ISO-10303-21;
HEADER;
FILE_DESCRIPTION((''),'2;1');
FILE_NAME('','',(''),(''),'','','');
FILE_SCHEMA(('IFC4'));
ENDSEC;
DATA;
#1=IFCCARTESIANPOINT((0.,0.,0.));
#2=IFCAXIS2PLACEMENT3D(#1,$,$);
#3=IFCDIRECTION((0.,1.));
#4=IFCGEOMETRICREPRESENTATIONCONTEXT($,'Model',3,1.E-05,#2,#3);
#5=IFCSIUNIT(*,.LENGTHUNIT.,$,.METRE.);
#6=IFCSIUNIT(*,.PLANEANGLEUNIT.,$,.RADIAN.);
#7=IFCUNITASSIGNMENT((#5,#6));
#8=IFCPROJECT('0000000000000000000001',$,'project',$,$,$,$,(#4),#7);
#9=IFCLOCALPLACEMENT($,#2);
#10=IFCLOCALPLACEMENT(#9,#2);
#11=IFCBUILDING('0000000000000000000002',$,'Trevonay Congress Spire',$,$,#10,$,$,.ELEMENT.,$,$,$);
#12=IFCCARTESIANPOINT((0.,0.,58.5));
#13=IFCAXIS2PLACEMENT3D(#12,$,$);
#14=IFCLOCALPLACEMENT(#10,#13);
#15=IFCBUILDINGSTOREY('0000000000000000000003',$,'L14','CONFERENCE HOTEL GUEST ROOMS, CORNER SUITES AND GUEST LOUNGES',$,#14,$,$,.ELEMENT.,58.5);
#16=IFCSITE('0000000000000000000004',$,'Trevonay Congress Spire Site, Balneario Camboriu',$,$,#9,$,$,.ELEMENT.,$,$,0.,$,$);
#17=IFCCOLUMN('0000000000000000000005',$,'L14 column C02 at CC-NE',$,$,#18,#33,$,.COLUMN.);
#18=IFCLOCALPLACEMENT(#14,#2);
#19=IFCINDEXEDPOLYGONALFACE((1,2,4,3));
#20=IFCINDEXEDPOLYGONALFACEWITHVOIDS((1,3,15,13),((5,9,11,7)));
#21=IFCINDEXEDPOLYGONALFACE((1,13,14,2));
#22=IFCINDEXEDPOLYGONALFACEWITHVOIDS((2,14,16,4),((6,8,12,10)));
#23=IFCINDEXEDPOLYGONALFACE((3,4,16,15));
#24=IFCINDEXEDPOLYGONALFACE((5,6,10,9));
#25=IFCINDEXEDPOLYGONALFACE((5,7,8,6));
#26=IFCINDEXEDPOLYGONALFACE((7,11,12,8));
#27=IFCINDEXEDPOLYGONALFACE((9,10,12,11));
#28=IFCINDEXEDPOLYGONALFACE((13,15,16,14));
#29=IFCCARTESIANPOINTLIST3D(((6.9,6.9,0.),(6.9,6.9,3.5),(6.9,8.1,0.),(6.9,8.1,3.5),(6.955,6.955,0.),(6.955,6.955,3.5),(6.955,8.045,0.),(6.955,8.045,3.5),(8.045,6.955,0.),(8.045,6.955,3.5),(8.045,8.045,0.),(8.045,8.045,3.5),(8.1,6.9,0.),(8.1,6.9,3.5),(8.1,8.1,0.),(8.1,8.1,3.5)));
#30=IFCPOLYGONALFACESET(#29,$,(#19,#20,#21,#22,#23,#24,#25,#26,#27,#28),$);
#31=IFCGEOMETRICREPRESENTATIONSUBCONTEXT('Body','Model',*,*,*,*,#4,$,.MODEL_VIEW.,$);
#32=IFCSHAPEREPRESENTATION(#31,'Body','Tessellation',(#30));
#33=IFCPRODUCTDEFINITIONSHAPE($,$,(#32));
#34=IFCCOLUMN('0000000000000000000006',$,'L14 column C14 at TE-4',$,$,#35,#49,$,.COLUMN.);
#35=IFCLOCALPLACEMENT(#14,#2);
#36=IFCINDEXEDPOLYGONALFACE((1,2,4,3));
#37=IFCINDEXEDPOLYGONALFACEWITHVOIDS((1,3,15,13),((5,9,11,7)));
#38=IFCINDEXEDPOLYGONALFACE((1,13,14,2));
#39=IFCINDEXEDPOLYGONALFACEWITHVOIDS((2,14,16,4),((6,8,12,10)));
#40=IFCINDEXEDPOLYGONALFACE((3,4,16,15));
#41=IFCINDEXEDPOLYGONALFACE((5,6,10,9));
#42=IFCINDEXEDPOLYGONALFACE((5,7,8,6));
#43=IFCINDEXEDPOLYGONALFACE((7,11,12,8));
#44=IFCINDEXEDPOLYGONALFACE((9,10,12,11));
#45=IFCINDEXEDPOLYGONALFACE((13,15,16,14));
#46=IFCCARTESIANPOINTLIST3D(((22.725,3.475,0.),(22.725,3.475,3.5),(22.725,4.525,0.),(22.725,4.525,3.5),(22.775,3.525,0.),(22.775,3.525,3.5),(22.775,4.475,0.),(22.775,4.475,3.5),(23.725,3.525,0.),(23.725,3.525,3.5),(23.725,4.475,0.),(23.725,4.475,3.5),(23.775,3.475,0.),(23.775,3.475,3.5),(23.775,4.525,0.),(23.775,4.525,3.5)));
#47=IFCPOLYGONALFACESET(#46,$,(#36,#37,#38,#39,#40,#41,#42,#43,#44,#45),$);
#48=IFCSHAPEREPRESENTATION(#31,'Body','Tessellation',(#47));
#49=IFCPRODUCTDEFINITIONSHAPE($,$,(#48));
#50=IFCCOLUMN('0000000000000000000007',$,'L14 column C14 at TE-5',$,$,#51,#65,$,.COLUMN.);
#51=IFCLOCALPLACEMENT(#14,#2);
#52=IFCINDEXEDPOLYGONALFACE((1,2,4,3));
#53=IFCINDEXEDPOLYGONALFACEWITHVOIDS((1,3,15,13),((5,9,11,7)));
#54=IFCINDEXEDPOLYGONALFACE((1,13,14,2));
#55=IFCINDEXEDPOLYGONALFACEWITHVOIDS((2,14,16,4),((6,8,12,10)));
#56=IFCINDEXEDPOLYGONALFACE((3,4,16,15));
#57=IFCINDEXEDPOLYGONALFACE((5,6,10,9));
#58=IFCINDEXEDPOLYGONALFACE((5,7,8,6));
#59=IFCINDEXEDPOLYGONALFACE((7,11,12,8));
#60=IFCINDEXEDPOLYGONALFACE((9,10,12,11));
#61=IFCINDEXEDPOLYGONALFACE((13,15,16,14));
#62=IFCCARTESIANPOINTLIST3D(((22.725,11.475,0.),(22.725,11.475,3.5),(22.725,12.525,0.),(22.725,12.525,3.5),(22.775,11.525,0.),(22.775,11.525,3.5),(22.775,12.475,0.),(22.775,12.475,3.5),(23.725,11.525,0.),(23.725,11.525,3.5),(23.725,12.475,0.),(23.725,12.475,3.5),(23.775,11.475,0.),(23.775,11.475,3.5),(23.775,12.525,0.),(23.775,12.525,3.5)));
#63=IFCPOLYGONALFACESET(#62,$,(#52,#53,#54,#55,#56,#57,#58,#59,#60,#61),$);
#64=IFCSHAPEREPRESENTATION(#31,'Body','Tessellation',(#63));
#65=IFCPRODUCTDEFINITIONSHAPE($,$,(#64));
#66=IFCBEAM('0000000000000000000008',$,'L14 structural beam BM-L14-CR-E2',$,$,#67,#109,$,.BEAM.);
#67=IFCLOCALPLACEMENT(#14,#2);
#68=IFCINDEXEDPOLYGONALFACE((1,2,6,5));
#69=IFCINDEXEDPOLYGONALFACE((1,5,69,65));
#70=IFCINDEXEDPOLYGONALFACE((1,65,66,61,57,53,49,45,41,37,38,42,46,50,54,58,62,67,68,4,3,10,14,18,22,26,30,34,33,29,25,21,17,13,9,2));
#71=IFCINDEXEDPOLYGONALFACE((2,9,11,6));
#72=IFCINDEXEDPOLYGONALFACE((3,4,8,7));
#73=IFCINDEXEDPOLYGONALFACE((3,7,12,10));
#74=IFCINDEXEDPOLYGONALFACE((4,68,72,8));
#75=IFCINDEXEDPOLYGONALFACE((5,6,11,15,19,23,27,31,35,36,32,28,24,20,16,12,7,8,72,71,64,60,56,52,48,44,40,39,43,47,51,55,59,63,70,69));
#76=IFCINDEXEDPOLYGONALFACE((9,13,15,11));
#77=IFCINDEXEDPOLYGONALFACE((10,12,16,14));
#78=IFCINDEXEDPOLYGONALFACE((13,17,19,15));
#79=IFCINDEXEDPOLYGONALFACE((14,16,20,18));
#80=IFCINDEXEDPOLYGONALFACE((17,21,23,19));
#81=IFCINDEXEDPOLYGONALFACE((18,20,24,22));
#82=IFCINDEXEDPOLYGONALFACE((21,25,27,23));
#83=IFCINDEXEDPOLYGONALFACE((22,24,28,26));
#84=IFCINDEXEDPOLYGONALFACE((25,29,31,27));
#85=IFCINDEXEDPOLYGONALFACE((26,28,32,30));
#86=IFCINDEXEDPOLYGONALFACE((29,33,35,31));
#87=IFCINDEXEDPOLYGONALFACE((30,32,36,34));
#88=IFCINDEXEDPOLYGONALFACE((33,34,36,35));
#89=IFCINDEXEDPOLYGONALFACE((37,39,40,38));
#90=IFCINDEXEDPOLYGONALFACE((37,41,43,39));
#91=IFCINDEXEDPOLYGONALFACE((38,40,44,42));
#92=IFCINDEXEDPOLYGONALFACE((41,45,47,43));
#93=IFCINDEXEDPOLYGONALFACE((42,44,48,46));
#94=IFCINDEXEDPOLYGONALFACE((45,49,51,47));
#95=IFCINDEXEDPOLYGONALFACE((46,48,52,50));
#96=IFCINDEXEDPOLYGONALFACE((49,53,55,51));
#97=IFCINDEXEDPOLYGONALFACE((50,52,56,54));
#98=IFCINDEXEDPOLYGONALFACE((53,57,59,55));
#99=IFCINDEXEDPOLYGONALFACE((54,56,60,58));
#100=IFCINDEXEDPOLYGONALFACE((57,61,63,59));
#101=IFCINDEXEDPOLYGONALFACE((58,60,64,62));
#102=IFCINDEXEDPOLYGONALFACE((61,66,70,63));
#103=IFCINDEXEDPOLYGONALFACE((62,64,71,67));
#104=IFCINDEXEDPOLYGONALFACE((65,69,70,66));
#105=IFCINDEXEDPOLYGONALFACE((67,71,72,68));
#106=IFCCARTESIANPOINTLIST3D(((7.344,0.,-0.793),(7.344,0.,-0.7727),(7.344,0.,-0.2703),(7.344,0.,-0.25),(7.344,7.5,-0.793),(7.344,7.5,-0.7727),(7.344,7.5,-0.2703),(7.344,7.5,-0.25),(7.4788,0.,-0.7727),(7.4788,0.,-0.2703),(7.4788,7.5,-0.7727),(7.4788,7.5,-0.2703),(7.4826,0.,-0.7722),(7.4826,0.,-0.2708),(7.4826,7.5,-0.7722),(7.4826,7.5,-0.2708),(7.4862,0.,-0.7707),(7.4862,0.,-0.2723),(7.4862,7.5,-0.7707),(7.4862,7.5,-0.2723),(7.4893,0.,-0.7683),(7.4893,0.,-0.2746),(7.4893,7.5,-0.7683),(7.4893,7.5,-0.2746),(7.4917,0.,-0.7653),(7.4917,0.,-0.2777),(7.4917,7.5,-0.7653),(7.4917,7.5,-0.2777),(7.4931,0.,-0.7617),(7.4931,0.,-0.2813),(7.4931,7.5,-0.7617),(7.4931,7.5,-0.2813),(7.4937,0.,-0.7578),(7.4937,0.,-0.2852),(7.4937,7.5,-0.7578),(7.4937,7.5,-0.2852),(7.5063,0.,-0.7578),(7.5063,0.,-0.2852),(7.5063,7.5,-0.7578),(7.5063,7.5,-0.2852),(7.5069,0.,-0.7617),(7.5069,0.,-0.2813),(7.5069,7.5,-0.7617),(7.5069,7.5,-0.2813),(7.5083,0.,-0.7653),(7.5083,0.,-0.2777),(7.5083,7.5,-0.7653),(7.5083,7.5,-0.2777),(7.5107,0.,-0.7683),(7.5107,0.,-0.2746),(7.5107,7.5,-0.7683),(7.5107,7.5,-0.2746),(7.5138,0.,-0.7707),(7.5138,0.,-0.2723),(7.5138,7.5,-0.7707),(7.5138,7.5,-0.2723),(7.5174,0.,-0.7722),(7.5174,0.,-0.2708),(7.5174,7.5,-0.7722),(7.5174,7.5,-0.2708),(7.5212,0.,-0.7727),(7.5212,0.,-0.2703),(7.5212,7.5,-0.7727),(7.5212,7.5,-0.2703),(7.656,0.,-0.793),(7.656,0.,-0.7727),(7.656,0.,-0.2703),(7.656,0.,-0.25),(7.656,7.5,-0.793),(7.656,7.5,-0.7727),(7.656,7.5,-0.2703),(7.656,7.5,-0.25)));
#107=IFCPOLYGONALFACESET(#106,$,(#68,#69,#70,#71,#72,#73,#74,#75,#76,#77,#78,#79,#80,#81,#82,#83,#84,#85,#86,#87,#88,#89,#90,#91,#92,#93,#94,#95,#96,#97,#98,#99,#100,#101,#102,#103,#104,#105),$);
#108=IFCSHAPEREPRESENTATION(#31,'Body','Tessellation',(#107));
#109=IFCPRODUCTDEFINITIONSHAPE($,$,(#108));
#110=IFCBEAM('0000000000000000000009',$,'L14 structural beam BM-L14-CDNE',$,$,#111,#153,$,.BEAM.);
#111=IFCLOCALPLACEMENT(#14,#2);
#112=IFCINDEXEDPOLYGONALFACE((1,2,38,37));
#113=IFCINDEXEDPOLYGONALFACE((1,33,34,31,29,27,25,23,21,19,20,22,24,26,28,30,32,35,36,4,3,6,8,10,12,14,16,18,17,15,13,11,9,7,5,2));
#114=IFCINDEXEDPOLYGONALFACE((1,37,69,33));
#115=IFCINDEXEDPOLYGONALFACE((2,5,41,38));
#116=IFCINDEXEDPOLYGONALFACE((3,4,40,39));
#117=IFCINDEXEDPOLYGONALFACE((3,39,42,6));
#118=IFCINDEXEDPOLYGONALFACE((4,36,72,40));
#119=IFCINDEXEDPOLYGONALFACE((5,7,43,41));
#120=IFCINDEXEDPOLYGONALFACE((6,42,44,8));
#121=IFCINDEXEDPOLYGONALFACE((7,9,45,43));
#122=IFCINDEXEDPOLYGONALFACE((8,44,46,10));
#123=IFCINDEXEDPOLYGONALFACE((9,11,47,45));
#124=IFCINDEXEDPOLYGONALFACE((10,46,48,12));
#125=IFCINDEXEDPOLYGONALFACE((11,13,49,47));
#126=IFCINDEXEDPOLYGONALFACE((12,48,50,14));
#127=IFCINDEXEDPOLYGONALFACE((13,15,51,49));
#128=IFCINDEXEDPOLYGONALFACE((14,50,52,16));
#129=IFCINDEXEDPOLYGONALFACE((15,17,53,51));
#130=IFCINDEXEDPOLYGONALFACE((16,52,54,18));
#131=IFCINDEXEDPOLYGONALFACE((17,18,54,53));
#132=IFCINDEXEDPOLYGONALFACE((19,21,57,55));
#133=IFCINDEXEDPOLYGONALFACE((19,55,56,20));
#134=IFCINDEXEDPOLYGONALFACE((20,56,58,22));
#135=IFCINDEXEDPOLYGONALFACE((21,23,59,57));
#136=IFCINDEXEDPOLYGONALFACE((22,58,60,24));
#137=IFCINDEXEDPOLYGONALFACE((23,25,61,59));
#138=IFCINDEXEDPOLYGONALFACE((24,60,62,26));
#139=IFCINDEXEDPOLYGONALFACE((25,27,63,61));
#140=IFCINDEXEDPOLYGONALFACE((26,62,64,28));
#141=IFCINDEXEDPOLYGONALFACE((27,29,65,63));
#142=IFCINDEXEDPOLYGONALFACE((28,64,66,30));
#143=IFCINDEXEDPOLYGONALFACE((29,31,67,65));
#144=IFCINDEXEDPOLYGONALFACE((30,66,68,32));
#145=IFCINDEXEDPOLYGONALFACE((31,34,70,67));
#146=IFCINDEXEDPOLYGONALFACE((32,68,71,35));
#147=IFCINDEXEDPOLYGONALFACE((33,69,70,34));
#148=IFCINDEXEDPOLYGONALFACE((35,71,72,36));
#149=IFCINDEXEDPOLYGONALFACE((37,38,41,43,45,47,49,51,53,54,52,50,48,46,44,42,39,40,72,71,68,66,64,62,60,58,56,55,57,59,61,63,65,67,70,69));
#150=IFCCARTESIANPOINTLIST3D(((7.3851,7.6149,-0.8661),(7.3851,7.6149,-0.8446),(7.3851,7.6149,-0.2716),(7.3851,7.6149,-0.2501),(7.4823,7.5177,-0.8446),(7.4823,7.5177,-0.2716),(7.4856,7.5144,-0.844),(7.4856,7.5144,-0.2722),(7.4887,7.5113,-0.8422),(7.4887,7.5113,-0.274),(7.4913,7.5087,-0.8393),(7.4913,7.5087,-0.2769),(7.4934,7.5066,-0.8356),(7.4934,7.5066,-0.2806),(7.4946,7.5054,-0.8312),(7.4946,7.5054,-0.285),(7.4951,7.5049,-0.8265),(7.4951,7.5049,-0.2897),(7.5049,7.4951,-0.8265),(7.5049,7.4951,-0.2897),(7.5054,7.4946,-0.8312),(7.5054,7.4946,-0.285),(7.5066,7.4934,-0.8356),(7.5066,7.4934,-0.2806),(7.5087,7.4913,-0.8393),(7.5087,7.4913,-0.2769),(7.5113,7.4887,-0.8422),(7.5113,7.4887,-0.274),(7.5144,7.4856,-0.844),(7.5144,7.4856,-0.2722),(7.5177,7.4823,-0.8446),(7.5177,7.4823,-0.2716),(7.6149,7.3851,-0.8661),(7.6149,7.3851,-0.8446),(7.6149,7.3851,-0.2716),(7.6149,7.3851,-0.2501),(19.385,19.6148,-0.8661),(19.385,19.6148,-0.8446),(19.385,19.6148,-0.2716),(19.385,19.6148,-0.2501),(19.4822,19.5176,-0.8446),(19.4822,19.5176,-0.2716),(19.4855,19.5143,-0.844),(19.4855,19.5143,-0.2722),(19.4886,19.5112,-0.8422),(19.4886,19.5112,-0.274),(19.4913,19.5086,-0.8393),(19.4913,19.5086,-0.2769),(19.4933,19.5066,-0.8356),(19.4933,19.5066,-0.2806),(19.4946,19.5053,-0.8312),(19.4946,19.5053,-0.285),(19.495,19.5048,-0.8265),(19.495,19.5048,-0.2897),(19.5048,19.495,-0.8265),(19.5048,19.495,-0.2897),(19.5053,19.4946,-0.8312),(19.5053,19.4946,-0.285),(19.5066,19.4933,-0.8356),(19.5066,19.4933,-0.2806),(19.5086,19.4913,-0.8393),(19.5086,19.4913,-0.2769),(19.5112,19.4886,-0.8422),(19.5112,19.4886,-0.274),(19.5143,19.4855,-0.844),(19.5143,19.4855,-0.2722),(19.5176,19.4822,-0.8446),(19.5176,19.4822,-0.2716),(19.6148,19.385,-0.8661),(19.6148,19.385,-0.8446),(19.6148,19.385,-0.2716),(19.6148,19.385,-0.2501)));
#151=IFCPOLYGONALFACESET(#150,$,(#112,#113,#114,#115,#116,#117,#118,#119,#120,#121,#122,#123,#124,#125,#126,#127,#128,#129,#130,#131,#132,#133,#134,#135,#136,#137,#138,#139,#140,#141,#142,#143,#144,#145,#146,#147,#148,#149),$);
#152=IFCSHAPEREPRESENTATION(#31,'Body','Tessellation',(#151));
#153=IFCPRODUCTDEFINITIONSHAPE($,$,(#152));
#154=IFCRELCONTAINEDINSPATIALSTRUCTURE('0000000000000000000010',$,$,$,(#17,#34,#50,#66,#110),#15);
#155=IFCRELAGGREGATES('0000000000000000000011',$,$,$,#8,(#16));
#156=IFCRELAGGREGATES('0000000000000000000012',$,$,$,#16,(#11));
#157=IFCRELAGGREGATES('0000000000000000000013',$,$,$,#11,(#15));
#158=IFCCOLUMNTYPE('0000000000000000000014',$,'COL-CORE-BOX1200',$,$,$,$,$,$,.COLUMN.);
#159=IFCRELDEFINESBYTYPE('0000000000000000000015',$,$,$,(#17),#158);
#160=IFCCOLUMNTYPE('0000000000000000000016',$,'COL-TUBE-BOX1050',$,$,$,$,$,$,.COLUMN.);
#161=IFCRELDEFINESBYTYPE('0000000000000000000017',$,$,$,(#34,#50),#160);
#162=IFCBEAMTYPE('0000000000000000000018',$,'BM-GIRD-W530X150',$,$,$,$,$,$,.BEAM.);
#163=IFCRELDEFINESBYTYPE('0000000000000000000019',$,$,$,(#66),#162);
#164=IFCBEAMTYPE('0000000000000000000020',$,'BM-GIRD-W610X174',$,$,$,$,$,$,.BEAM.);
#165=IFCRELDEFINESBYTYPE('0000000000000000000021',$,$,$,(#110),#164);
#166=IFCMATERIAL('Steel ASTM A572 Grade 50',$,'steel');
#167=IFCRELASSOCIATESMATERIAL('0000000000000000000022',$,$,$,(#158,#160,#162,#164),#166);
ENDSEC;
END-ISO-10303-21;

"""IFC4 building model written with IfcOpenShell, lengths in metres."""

from ifc_helpers import new_model, si_unit, direction, frame, origin, origin_2d, place, context, subcontext, project, spatial, hollow_rectangle, i_section, extrude, material, material_profile, profile_set, type_object, element, save


model = new_model("IFC4")

# Units and contexts
model_context = context("Model", 3, precision=1e-05, world=origin(), true_north=direction((0.0, 1.0)))
body_context = subcontext(model_context, "Body", "Model", "MODEL_VIEW")
ifc_project = project(units=[si_unit("LENGTHUNIT", "METRE"), si_unit("PLANEANGLEUNIT", "RADIAN")], contexts=[model_context])

# Site, building, storey
site_placement = place(None, origin())
site = spatial("IfcSite", under=ifc_project, at=site_placement, Name="Trevonay Congress Spire Site, Balneario Camboriu", CompositionType="ELEMENT", RefElevation=0.0)
building_placement = place(site_placement, origin())
building = spatial("IfcBuilding", under=site, at=building_placement, Name="Trevonay Congress Spire", CompositionType="ELEMENT")
storey_placement = place(building_placement, frame((0.0, 0.0, 58.5)))
storey = spatial("IfcBuildingStorey", under=building, at=storey_placement, Name="L14", Description="CONFERENCE HOTEL GUEST ROOMS, CORNER SUITES AND GUEST LOUNGES", CompositionType="ELEMENT", Elevation=58.5)

# Columns
ifc_material_1 = material(Name="Steel ASTM A572 Grade 50", Category="steel")
ifc_material_profile_1 = material_profile(ifc_material_1, hollow_rectangle(XDim=1.2, YDim=1.2, WallThickness=0.0549, at=origin_2d()), Name="BOX 1200x1200x55")
ifc_profile_set_1 = profile_set([ifc_material_profile_1], Name="Steel ASTM A572 Grade 50")
column_type_1 = type_object("IfcColumnType", Name="COL-CORE-BOX1200", PredefinedType="COLUMN", material=ifc_profile_set_1)
column_placement = place(storey_placement, frame((7.5, 7.5, 0.0), z_axis=(0.0, 0.0, 1.0), x_axis=(1.0, 0.0, 0.0)))
element("IfcColumn", 1, at=column_placement, inside=storey, type_object=column_type_1, Name="L14 column C02 at CC-NE", PredefinedType="COLUMN", context=body_context, shape_type="SweptSolid", body=[
    extrude(hollow_rectangle(XDim=1.2, YDim=1.2, WallThickness=0.0549, at=origin_2d()), origin(), (0.0, 0.0, 1.0), 3.5),
])
ifc_material_profile_2 = material_profile(ifc_material_1, hollow_rectangle(XDim=1.05, YDim=1.05, WallThickness=0.05, at=origin_2d()), Name="BOX 1050x1050x50")
ifc_profile_set_2 = profile_set([ifc_material_profile_2], Name="Steel ASTM A572 Grade 50")
column_type_2 = type_object("IfcColumnType", Name="COL-TUBE-BOX1050", PredefinedType="COLUMN", material=ifc_profile_set_2)
for number, where, z_axis, x_axis, name in (
    (2, (23.25, 4.0, 0.0), (0.0, 0.0, 1.0), (1.0, 0.0, 0.0), "L14 column C14 at TE-4"),
    (3, (23.25, 12.0, 0.0), (0.0, 0.0, 1.0), (1.0, 0.0, 0.0), "L14 column C14 at TE-5"),
):
    element("IfcColumn", number, at=place(storey_placement, frame(where, z_axis=z_axis, x_axis=x_axis)), inside=storey, type_object=column_type_2, Name=name, PredefinedType="COLUMN", context=body_context, shape_type="SweptSolid", body=[
        extrude(hollow_rectangle(XDim=1.05, YDim=1.05, WallThickness=0.05, at=origin_2d()), origin(), (0.0, 0.0, 1.0), 3.5),
    ])

# Beams
ifc_material_profile_3 = material_profile(ifc_material_1, i_section(OverallWidth=0.312, OverallDepth=0.543, WebThickness=0.0127, FlangeThickness=0.0203, FilletRadius=0.0149, at=origin_2d()), Name="W530x150")
ifc_profile_set_3 = profile_set([ifc_material_profile_3], Name="Steel ASTM A572 Grade 50")
beam_type_1 = type_object("IfcBeamType", Name="BM-GIRD-W530X150", PredefinedType="BEAM", material=ifc_profile_set_3)
beam_1_placement = place(storey_placement, frame((7.5, 0.0, -0.5215), z_axis=(0.0, 1.0, 0.0), x_axis=(-1.0, 0.0, 0.0)))
element("IfcBeam", 4, at=beam_1_placement, inside=storey, type_object=beam_type_1, Name="L14 structural beam BM-L14-CR-E2", PredefinedType="BEAM", context=body_context, shape_type="SweptSolid", body=[
    extrude(i_section(OverallWidth=0.312, OverallDepth=0.543, WebThickness=0.0127, FlangeThickness=0.0203, FilletRadius=0.0149, at=origin_2d()), origin(), (0.0, 0.0, 1.0), 7.5),
])
ifc_material_profile_4 = material_profile(ifc_material_1, i_section(OverallWidth=0.325, OverallDepth=0.616, WebThickness=0.0139, FlangeThickness=0.0215, FilletRadius=0.0181, at=origin_2d()), Name="W610x174")
ifc_profile_set_4 = profile_set([ifc_material_profile_4], Name="Steel ASTM A572 Grade 50")
beam_type_2 = type_object("IfcBeamType", Name="BM-GIRD-W610X174", PredefinedType="BEAM", material=ifc_profile_set_4)
beam_2_placement = place(storey_placement, frame((7.5, 7.5, -0.5581), z_axis=(0.707107, 0.707107, 0.0), x_axis=(-0.707107, 0.707107, 0.0)))
element("IfcBeam", 5, at=beam_2_placement, inside=storey, type_object=beam_type_2, Name="L14 structural beam BM-L14-CDNE", PredefinedType="BEAM", context=body_context, shape_type="SweptSolid", body=[
    extrude(i_section(OverallWidth=0.325, OverallDepth=0.616, WebThickness=0.0139, FlangeThickness=0.0215, FilletRadius=0.0181, at=origin_2d()), origin(), (0.0, 0.0, 1.0), 16.9705),
])

save(model, "model.ifc")
